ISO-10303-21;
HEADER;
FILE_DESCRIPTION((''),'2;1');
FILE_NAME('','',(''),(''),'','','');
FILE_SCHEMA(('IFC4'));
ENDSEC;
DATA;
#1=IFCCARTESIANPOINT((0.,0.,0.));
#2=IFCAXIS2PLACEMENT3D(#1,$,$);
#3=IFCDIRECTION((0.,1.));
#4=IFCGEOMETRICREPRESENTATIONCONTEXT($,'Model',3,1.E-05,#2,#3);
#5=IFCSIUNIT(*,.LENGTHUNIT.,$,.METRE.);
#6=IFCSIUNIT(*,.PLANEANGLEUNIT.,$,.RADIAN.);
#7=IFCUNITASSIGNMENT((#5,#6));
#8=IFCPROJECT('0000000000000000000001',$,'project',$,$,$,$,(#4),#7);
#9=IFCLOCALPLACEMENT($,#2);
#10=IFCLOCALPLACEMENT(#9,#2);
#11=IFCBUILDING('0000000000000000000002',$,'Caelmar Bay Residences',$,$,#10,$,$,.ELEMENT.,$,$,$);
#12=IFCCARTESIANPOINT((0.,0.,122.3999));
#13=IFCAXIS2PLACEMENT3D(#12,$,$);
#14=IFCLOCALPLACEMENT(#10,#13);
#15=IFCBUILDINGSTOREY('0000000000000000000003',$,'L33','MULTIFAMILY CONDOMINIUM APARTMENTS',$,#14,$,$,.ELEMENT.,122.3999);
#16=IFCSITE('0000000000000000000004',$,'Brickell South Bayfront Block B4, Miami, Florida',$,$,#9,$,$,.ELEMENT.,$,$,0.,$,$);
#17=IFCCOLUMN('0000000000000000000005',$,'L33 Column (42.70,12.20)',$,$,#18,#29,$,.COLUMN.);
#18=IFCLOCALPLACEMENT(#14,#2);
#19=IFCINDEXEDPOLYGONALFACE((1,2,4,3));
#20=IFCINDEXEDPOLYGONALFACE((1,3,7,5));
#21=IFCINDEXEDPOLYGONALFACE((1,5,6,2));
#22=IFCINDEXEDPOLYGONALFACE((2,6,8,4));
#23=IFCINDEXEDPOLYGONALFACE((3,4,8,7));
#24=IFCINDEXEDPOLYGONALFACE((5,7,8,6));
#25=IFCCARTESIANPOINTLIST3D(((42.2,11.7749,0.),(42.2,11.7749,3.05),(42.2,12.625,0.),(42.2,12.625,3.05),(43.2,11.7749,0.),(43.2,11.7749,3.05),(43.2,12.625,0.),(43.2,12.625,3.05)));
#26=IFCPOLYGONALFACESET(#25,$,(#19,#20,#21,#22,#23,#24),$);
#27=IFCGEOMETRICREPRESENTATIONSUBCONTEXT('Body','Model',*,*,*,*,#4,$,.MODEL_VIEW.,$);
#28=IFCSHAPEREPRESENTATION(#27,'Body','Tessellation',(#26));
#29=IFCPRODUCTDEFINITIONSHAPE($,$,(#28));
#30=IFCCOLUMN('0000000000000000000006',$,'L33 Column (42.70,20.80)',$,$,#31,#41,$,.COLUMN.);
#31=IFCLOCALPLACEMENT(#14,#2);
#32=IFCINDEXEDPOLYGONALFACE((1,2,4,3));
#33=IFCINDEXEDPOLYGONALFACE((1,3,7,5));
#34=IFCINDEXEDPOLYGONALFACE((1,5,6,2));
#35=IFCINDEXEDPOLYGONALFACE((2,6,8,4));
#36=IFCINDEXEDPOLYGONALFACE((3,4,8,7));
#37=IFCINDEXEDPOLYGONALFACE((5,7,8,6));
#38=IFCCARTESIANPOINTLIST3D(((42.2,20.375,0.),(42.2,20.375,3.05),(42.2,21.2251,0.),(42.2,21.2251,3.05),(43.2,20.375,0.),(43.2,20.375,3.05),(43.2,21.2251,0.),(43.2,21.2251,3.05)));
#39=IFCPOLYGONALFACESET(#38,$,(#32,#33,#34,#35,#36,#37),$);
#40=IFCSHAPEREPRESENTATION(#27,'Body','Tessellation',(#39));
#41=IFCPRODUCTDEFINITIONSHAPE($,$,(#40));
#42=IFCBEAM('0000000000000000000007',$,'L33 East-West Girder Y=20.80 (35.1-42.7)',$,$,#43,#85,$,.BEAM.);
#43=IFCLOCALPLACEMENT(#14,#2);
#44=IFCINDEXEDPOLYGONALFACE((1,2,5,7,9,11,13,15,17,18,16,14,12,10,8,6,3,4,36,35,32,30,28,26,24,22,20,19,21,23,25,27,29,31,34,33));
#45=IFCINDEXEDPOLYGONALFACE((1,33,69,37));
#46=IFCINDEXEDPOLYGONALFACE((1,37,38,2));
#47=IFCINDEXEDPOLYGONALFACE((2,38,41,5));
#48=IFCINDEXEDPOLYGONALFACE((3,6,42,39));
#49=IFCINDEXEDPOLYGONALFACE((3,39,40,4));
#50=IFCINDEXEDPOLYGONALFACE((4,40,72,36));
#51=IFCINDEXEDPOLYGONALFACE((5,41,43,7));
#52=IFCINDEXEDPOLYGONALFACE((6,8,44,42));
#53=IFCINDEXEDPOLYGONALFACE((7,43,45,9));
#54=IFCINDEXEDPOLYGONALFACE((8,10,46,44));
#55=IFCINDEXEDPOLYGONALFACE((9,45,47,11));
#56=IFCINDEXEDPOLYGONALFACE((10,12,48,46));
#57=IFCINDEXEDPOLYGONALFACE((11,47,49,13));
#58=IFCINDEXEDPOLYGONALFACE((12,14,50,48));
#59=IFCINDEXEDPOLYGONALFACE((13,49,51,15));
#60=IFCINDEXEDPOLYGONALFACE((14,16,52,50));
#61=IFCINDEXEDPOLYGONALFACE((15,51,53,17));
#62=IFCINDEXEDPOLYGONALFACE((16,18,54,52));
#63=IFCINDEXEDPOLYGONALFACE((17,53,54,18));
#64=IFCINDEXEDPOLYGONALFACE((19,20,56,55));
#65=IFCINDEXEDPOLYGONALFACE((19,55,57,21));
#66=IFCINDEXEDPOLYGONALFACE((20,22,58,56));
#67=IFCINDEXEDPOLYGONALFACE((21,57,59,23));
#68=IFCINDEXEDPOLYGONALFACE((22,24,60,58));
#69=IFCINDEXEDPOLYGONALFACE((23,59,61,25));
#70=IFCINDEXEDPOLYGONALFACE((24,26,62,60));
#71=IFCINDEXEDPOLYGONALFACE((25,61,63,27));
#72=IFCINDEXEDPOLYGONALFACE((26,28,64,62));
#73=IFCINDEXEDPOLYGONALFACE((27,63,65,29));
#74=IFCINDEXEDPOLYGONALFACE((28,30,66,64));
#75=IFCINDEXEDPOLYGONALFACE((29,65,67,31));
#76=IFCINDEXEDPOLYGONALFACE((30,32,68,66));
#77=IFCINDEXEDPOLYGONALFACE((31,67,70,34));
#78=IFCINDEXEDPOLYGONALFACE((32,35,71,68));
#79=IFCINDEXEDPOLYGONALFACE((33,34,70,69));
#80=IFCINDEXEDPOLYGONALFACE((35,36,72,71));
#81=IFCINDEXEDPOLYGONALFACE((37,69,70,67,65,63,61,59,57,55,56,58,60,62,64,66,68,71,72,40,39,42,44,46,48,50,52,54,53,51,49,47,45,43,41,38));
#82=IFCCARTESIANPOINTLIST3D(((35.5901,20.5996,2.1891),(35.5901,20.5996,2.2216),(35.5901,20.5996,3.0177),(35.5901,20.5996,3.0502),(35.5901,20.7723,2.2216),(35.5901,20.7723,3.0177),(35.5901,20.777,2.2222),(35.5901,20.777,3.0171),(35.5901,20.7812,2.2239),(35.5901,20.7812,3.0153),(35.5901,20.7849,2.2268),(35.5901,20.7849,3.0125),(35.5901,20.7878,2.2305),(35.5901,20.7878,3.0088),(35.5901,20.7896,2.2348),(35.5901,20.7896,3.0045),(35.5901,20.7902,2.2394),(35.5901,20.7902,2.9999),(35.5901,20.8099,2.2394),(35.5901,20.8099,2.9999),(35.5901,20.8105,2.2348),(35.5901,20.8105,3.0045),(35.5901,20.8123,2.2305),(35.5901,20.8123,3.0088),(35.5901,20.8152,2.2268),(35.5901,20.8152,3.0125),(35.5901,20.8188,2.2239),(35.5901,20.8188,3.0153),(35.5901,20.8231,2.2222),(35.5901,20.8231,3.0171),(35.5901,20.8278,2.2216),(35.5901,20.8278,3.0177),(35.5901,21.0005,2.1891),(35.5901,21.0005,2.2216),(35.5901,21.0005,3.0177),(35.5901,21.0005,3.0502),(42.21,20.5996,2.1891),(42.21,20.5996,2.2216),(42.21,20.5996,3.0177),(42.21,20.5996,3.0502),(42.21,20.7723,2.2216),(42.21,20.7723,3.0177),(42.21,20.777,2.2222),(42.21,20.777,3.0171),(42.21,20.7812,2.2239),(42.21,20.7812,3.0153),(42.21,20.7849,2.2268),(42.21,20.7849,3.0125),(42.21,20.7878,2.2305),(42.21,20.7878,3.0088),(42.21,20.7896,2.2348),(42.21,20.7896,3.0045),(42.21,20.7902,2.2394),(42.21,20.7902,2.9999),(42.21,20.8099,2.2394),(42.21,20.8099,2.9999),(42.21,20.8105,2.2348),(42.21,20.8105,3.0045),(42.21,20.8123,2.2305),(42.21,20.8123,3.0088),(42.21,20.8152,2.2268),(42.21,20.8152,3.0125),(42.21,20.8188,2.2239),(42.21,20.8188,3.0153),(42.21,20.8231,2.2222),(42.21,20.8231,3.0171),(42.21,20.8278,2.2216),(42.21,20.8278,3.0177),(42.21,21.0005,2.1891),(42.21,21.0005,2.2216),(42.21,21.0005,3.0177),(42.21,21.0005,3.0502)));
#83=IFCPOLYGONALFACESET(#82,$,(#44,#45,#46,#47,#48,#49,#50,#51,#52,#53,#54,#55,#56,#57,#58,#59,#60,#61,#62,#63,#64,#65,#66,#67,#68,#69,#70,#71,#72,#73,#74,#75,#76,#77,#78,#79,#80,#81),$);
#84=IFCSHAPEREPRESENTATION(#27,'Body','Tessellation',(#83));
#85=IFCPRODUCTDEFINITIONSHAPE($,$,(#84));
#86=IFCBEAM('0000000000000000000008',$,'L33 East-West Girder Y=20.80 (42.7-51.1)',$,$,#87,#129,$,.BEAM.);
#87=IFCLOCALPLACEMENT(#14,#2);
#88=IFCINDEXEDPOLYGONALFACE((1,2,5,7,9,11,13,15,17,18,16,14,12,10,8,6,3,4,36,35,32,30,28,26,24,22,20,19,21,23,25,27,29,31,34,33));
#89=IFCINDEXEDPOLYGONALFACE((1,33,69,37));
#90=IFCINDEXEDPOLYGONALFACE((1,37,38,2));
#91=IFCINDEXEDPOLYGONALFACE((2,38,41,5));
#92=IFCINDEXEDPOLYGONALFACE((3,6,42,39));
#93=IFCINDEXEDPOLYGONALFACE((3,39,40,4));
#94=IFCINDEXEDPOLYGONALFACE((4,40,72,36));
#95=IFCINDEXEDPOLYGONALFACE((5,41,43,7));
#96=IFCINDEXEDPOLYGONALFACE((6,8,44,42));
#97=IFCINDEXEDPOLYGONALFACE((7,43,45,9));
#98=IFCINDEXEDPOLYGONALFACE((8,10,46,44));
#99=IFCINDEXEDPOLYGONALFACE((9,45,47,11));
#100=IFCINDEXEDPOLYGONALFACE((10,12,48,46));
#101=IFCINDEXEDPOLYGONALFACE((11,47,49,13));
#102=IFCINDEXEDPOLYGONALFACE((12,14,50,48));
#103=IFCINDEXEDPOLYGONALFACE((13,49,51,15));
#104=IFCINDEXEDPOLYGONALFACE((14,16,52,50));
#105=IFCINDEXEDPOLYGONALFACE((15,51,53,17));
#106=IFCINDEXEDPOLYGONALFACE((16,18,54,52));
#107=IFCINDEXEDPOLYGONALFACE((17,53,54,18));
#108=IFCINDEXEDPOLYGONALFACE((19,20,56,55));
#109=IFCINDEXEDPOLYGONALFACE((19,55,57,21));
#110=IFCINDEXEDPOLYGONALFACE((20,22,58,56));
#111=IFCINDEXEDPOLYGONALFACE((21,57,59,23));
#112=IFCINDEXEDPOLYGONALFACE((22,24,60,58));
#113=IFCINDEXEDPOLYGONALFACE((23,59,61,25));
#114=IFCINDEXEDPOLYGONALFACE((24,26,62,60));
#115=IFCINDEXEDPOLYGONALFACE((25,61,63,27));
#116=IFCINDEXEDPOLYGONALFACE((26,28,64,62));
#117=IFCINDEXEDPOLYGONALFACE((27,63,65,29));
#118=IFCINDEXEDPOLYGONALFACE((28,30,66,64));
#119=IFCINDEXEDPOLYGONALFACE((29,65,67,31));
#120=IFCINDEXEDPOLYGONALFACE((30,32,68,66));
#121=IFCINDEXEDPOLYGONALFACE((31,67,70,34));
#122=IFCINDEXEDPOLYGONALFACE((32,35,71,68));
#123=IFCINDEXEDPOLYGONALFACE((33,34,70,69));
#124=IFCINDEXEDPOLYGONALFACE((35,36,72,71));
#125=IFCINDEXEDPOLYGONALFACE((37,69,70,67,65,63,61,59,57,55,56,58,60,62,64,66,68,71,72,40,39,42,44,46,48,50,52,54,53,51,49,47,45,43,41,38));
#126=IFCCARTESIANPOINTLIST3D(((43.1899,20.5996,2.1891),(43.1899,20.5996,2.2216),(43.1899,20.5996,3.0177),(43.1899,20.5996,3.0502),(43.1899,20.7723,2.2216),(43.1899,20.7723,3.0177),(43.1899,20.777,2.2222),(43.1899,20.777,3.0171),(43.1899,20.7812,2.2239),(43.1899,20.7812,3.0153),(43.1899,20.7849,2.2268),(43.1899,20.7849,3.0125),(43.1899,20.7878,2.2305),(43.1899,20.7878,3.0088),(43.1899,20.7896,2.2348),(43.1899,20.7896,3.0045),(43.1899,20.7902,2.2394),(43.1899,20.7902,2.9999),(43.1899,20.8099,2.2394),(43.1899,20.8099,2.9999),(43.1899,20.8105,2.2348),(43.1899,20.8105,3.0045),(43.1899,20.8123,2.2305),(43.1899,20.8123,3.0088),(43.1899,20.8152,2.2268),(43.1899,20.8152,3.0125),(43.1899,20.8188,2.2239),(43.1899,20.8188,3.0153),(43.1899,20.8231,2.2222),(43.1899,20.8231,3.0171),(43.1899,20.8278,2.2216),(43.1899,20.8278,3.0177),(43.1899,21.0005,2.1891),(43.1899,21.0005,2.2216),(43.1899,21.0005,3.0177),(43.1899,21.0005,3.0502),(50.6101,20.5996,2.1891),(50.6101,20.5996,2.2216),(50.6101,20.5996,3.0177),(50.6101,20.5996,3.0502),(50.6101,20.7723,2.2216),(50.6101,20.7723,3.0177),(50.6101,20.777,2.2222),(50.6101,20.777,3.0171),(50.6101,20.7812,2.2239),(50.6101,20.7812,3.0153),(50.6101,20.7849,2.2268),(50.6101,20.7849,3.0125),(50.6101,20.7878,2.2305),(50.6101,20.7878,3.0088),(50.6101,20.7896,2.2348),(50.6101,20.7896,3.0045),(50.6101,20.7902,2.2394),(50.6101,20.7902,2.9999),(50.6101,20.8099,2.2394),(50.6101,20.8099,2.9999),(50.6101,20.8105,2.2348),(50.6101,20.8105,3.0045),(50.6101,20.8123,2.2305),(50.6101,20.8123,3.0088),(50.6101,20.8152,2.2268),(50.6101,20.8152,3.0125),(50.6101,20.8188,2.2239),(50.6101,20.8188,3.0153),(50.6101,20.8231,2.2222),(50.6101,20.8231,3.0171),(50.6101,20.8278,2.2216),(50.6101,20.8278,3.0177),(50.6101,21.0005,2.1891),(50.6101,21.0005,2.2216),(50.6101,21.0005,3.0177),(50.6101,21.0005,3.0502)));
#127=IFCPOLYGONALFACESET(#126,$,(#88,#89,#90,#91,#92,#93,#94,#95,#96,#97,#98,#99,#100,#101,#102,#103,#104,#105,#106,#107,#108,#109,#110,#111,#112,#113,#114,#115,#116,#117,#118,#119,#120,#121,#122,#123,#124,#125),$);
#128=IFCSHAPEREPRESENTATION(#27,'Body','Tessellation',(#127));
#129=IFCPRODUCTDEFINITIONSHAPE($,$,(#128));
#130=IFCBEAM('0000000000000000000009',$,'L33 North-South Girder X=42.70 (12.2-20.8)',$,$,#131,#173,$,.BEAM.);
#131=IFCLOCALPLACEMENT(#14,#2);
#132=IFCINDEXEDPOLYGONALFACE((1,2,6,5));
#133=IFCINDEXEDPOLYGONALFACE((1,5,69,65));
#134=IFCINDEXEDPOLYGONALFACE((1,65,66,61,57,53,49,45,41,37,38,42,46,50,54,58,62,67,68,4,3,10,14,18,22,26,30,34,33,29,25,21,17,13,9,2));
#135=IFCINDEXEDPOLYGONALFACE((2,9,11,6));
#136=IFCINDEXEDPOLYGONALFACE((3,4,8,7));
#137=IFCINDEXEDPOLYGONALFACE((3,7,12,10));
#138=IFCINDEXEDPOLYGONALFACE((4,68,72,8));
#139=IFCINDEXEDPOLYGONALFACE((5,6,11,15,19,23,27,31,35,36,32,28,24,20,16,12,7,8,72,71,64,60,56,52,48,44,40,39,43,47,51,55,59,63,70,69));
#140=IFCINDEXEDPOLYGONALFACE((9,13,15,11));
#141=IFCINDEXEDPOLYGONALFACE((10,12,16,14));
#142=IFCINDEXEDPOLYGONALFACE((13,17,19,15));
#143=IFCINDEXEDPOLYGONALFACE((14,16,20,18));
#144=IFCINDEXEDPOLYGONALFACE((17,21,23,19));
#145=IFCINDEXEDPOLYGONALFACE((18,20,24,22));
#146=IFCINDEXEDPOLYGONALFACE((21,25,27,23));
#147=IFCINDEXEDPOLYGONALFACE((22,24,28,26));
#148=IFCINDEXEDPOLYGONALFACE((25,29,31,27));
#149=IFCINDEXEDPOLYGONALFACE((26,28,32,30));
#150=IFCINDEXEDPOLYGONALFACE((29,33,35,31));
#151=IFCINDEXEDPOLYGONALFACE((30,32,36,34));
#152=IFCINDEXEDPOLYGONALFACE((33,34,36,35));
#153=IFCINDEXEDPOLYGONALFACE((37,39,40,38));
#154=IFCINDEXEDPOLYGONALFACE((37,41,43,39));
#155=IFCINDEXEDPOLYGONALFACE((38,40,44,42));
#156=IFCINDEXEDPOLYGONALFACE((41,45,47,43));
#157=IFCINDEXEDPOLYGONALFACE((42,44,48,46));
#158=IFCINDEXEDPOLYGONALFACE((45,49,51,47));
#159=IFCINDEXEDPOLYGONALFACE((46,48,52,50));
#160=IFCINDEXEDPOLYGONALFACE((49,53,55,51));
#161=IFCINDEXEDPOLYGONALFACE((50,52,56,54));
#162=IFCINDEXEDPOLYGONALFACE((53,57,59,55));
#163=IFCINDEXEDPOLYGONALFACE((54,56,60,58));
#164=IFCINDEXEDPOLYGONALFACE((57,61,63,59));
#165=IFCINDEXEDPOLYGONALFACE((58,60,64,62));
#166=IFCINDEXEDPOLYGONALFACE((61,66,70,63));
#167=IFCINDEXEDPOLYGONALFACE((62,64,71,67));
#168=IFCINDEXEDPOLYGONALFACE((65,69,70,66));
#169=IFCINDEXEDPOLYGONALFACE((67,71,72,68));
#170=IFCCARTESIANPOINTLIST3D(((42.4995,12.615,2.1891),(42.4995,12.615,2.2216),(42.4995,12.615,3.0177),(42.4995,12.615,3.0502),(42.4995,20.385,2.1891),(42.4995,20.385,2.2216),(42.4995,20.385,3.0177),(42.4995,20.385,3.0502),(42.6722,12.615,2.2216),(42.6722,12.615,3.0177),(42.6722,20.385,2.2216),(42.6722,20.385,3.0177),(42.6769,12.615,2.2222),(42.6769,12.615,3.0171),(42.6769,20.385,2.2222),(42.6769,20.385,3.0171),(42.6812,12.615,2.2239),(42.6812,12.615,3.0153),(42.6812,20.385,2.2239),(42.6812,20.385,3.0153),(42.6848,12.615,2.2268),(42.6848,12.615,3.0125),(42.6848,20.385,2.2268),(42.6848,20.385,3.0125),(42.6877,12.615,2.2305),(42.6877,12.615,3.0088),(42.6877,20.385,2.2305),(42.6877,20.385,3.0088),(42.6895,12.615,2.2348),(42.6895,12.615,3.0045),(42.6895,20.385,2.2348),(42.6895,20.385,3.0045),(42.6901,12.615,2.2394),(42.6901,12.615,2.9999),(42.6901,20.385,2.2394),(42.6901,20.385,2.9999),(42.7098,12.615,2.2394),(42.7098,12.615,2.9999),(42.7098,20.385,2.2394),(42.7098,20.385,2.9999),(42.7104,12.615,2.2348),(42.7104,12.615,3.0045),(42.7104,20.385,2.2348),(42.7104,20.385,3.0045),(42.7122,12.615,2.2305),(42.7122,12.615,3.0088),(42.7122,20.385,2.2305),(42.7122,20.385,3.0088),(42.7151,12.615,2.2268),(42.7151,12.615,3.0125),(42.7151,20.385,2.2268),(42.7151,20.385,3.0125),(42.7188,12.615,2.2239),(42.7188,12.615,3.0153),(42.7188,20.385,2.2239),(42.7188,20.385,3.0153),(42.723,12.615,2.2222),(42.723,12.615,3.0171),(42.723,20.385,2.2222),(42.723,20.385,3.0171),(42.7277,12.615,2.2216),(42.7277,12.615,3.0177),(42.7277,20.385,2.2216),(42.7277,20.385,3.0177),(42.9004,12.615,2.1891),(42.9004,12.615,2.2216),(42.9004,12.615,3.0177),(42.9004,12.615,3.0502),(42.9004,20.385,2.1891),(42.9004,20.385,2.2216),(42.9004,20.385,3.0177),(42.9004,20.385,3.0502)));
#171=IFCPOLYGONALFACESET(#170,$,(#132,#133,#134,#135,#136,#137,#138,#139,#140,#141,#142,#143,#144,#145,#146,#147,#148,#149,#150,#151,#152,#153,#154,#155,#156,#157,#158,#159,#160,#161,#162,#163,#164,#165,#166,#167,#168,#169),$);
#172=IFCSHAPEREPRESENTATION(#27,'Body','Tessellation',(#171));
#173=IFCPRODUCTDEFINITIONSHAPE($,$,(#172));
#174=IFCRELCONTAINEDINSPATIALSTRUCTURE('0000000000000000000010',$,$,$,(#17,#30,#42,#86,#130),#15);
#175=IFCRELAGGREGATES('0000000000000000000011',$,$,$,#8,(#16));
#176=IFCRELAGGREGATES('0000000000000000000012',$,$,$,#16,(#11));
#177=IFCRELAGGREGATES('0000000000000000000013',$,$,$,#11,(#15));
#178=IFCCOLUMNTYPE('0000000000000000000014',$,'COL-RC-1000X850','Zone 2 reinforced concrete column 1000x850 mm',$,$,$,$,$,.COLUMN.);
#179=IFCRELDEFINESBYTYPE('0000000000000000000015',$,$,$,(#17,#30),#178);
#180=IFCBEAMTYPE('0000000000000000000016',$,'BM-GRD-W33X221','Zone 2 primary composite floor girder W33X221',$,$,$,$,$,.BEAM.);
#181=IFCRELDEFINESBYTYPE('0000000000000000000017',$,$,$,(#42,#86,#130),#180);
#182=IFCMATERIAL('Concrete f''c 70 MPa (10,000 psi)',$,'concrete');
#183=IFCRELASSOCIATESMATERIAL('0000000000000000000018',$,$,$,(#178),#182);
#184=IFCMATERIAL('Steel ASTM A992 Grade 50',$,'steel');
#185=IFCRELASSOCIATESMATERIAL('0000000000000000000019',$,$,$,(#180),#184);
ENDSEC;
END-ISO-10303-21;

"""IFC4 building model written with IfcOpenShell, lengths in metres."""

from ifc_helpers import new_model, si_unit, direction, frame, origin, origin_2d, place, context, subcontext, project, spatial, rectangle, i_section, extrude, material, material_profile, profile_set, type_object, element, save


model = new_model("IFC4")

# Units and contexts
model_context = context("Model", 3, precision=1e-05, world=origin(), true_north=direction((0.0, 1.0)))
body_context = subcontext(model_context, "Body", "Model", "MODEL_VIEW")
ifc_project = project(units=[si_unit("LENGTHUNIT", "METRE"), si_unit("PLANEANGLEUNIT", "RADIAN")], contexts=[model_context])

# Site, building, storey
site_placement = place(None, origin())
site = spatial("IfcSite", under=ifc_project, at=site_placement, Name="Brickell South Bayfront Block B4, Miami, Florida", CompositionType="ELEMENT", RefElevation=0.0)
building_placement = place(site_placement, origin())
building = spatial("IfcBuilding", under=site, at=building_placement, Name="Caelmar Bay Residences", CompositionType="ELEMENT")
storey_placement = place(building_placement, frame((0.0, 0.0, 122.3999)))
storey = spatial("IfcBuildingStorey", under=building, at=storey_placement, Name="L33", Description="MULTIFAMILY CONDOMINIUM APARTMENTS", CompositionType="ELEMENT", Elevation=122.3999)

# Columns
ifc_material_1 = material(Name="Concrete f'c 70 MPa (10,000 psi)", Category="concrete")
ifc_material_profile_1 = material_profile(ifc_material_1, rectangle(XDim=1.0, YDim=0.8501, at=origin_2d()), Name="RC-COL-1000X850")
ifc_profile_set_1 = profile_set([ifc_material_profile_1], Name="Concrete f'c 70 MPa (10,000 psi)")
column_type = type_object("IfcColumnType", Name="COL-RC-1000X850", Description="Zone 2 reinforced concrete column 1000x850 mm", PredefinedType="COLUMN", material=ifc_profile_set_1)
for number, where, z_axis, x_axis, name in (
    (1, (42.7, 12.2, 0.0), (0.0, 0.0, 1.0), (1.0, 0.0, 0.0), "L33 Column (42.70,12.20)"),
    (2, (42.7, 20.8, 0.0), (0.0, 0.0, 1.0), (1.0, 0.0, 0.0), "L33 Column (42.70,20.80)"),
):
    element("IfcColumn", number, at=place(storey_placement, frame(where, z_axis=z_axis, x_axis=x_axis)), inside=storey, type_object=column_type, Name=name, PredefinedType="COLUMN", context=body_context, shape_type="SweptSolid", body=[
        extrude(rectangle(XDim=1.0, YDim=0.8501, at=origin_2d()), origin(), (0.0, 0.0, 1.0), 3.05),
    ])

# Beams
ifc_material_2 = material(Name="Steel ASTM A992 Grade 50", Category="steel")
ifc_material_profile_2 = material_profile(ifc_material_2, i_section(OverallWidth=0.4009, OverallDepth=0.8611, WebThickness=0.0198, FlangeThickness=0.0325, FilletRadius=0.0178, at=origin_2d()), Name="W33X221")
ifc_profile_set_2 = profile_set([ifc_material_profile_2], Name="Steel ASTM A992 Grade 50")
beam_type_1 = type_object("IfcBeamType", Name="BM-GRD-W33X221", Description="Zone 2 primary composite floor girder W33X221", PredefinedType="BEAM", material=ifc_profile_set_2)
beam_1_placement = place(storey_placement, frame((35.5901, 20.8, 2.6196), z_axis=(1.0, 0.0, 0.0), x_axis=(0.0, 1.0, 0.0)))
element("IfcBeam", 3, at=beam_1_placement, inside=storey, type_object=beam_type_1, Name="L33 East-West Girder Y=20.80 (35.1-42.7)", PredefinedType="BEAM", context=body_context, shape_type="SweptSolid", body=[
    extrude(i_section(OverallWidth=0.4009, OverallDepth=0.8611, WebThickness=0.0198, FlangeThickness=0.0325, FilletRadius=0.0178, at=origin_2d()), origin(), (0.0, 0.0, 1.0), 6.6199),
])
beam_2_placement = place(storey_placement, frame((43.1899, 20.8, 2.6196), z_axis=(1.0, 0.0, 0.0), x_axis=(0.0, 1.0, 0.0)))
element("IfcBeam", 4, at=beam_2_placement, inside=storey, type_object=beam_type_1, Name="L33 East-West Girder Y=20.80 (42.7-51.1)", PredefinedType="BEAM", context=body_context, shape_type="SweptSolid", body=[
    extrude(i_section(OverallWidth=0.4009, OverallDepth=0.8611, WebThickness=0.0198, FlangeThickness=0.0325, FilletRadius=0.0178, at=origin_2d()), origin(), (0.0, 0.0, 1.0), 7.4202),
])
beam_3_placement = place(storey_placement, frame((42.7, 12.615, 2.6196), z_axis=(0.0, 1.0, 0.0), x_axis=(-1.0, 0.0, 0.0)))
element("IfcBeam", 5, at=beam_3_placement, inside=storey, type_object=beam_type_1, Name="L33 North-South Girder X=42.70 (12.2-20.8)", PredefinedType="BEAM", context=body_context, shape_type="SweptSolid", body=[
    extrude(i_section(OverallWidth=0.4009, OverallDepth=0.8611, WebThickness=0.0198, FlangeThickness=0.0325, FilletRadius=0.0178, at=origin_2d()), origin(), (0.0, 0.0, 1.0), 7.77),
])

save(model, "model.ifc")
